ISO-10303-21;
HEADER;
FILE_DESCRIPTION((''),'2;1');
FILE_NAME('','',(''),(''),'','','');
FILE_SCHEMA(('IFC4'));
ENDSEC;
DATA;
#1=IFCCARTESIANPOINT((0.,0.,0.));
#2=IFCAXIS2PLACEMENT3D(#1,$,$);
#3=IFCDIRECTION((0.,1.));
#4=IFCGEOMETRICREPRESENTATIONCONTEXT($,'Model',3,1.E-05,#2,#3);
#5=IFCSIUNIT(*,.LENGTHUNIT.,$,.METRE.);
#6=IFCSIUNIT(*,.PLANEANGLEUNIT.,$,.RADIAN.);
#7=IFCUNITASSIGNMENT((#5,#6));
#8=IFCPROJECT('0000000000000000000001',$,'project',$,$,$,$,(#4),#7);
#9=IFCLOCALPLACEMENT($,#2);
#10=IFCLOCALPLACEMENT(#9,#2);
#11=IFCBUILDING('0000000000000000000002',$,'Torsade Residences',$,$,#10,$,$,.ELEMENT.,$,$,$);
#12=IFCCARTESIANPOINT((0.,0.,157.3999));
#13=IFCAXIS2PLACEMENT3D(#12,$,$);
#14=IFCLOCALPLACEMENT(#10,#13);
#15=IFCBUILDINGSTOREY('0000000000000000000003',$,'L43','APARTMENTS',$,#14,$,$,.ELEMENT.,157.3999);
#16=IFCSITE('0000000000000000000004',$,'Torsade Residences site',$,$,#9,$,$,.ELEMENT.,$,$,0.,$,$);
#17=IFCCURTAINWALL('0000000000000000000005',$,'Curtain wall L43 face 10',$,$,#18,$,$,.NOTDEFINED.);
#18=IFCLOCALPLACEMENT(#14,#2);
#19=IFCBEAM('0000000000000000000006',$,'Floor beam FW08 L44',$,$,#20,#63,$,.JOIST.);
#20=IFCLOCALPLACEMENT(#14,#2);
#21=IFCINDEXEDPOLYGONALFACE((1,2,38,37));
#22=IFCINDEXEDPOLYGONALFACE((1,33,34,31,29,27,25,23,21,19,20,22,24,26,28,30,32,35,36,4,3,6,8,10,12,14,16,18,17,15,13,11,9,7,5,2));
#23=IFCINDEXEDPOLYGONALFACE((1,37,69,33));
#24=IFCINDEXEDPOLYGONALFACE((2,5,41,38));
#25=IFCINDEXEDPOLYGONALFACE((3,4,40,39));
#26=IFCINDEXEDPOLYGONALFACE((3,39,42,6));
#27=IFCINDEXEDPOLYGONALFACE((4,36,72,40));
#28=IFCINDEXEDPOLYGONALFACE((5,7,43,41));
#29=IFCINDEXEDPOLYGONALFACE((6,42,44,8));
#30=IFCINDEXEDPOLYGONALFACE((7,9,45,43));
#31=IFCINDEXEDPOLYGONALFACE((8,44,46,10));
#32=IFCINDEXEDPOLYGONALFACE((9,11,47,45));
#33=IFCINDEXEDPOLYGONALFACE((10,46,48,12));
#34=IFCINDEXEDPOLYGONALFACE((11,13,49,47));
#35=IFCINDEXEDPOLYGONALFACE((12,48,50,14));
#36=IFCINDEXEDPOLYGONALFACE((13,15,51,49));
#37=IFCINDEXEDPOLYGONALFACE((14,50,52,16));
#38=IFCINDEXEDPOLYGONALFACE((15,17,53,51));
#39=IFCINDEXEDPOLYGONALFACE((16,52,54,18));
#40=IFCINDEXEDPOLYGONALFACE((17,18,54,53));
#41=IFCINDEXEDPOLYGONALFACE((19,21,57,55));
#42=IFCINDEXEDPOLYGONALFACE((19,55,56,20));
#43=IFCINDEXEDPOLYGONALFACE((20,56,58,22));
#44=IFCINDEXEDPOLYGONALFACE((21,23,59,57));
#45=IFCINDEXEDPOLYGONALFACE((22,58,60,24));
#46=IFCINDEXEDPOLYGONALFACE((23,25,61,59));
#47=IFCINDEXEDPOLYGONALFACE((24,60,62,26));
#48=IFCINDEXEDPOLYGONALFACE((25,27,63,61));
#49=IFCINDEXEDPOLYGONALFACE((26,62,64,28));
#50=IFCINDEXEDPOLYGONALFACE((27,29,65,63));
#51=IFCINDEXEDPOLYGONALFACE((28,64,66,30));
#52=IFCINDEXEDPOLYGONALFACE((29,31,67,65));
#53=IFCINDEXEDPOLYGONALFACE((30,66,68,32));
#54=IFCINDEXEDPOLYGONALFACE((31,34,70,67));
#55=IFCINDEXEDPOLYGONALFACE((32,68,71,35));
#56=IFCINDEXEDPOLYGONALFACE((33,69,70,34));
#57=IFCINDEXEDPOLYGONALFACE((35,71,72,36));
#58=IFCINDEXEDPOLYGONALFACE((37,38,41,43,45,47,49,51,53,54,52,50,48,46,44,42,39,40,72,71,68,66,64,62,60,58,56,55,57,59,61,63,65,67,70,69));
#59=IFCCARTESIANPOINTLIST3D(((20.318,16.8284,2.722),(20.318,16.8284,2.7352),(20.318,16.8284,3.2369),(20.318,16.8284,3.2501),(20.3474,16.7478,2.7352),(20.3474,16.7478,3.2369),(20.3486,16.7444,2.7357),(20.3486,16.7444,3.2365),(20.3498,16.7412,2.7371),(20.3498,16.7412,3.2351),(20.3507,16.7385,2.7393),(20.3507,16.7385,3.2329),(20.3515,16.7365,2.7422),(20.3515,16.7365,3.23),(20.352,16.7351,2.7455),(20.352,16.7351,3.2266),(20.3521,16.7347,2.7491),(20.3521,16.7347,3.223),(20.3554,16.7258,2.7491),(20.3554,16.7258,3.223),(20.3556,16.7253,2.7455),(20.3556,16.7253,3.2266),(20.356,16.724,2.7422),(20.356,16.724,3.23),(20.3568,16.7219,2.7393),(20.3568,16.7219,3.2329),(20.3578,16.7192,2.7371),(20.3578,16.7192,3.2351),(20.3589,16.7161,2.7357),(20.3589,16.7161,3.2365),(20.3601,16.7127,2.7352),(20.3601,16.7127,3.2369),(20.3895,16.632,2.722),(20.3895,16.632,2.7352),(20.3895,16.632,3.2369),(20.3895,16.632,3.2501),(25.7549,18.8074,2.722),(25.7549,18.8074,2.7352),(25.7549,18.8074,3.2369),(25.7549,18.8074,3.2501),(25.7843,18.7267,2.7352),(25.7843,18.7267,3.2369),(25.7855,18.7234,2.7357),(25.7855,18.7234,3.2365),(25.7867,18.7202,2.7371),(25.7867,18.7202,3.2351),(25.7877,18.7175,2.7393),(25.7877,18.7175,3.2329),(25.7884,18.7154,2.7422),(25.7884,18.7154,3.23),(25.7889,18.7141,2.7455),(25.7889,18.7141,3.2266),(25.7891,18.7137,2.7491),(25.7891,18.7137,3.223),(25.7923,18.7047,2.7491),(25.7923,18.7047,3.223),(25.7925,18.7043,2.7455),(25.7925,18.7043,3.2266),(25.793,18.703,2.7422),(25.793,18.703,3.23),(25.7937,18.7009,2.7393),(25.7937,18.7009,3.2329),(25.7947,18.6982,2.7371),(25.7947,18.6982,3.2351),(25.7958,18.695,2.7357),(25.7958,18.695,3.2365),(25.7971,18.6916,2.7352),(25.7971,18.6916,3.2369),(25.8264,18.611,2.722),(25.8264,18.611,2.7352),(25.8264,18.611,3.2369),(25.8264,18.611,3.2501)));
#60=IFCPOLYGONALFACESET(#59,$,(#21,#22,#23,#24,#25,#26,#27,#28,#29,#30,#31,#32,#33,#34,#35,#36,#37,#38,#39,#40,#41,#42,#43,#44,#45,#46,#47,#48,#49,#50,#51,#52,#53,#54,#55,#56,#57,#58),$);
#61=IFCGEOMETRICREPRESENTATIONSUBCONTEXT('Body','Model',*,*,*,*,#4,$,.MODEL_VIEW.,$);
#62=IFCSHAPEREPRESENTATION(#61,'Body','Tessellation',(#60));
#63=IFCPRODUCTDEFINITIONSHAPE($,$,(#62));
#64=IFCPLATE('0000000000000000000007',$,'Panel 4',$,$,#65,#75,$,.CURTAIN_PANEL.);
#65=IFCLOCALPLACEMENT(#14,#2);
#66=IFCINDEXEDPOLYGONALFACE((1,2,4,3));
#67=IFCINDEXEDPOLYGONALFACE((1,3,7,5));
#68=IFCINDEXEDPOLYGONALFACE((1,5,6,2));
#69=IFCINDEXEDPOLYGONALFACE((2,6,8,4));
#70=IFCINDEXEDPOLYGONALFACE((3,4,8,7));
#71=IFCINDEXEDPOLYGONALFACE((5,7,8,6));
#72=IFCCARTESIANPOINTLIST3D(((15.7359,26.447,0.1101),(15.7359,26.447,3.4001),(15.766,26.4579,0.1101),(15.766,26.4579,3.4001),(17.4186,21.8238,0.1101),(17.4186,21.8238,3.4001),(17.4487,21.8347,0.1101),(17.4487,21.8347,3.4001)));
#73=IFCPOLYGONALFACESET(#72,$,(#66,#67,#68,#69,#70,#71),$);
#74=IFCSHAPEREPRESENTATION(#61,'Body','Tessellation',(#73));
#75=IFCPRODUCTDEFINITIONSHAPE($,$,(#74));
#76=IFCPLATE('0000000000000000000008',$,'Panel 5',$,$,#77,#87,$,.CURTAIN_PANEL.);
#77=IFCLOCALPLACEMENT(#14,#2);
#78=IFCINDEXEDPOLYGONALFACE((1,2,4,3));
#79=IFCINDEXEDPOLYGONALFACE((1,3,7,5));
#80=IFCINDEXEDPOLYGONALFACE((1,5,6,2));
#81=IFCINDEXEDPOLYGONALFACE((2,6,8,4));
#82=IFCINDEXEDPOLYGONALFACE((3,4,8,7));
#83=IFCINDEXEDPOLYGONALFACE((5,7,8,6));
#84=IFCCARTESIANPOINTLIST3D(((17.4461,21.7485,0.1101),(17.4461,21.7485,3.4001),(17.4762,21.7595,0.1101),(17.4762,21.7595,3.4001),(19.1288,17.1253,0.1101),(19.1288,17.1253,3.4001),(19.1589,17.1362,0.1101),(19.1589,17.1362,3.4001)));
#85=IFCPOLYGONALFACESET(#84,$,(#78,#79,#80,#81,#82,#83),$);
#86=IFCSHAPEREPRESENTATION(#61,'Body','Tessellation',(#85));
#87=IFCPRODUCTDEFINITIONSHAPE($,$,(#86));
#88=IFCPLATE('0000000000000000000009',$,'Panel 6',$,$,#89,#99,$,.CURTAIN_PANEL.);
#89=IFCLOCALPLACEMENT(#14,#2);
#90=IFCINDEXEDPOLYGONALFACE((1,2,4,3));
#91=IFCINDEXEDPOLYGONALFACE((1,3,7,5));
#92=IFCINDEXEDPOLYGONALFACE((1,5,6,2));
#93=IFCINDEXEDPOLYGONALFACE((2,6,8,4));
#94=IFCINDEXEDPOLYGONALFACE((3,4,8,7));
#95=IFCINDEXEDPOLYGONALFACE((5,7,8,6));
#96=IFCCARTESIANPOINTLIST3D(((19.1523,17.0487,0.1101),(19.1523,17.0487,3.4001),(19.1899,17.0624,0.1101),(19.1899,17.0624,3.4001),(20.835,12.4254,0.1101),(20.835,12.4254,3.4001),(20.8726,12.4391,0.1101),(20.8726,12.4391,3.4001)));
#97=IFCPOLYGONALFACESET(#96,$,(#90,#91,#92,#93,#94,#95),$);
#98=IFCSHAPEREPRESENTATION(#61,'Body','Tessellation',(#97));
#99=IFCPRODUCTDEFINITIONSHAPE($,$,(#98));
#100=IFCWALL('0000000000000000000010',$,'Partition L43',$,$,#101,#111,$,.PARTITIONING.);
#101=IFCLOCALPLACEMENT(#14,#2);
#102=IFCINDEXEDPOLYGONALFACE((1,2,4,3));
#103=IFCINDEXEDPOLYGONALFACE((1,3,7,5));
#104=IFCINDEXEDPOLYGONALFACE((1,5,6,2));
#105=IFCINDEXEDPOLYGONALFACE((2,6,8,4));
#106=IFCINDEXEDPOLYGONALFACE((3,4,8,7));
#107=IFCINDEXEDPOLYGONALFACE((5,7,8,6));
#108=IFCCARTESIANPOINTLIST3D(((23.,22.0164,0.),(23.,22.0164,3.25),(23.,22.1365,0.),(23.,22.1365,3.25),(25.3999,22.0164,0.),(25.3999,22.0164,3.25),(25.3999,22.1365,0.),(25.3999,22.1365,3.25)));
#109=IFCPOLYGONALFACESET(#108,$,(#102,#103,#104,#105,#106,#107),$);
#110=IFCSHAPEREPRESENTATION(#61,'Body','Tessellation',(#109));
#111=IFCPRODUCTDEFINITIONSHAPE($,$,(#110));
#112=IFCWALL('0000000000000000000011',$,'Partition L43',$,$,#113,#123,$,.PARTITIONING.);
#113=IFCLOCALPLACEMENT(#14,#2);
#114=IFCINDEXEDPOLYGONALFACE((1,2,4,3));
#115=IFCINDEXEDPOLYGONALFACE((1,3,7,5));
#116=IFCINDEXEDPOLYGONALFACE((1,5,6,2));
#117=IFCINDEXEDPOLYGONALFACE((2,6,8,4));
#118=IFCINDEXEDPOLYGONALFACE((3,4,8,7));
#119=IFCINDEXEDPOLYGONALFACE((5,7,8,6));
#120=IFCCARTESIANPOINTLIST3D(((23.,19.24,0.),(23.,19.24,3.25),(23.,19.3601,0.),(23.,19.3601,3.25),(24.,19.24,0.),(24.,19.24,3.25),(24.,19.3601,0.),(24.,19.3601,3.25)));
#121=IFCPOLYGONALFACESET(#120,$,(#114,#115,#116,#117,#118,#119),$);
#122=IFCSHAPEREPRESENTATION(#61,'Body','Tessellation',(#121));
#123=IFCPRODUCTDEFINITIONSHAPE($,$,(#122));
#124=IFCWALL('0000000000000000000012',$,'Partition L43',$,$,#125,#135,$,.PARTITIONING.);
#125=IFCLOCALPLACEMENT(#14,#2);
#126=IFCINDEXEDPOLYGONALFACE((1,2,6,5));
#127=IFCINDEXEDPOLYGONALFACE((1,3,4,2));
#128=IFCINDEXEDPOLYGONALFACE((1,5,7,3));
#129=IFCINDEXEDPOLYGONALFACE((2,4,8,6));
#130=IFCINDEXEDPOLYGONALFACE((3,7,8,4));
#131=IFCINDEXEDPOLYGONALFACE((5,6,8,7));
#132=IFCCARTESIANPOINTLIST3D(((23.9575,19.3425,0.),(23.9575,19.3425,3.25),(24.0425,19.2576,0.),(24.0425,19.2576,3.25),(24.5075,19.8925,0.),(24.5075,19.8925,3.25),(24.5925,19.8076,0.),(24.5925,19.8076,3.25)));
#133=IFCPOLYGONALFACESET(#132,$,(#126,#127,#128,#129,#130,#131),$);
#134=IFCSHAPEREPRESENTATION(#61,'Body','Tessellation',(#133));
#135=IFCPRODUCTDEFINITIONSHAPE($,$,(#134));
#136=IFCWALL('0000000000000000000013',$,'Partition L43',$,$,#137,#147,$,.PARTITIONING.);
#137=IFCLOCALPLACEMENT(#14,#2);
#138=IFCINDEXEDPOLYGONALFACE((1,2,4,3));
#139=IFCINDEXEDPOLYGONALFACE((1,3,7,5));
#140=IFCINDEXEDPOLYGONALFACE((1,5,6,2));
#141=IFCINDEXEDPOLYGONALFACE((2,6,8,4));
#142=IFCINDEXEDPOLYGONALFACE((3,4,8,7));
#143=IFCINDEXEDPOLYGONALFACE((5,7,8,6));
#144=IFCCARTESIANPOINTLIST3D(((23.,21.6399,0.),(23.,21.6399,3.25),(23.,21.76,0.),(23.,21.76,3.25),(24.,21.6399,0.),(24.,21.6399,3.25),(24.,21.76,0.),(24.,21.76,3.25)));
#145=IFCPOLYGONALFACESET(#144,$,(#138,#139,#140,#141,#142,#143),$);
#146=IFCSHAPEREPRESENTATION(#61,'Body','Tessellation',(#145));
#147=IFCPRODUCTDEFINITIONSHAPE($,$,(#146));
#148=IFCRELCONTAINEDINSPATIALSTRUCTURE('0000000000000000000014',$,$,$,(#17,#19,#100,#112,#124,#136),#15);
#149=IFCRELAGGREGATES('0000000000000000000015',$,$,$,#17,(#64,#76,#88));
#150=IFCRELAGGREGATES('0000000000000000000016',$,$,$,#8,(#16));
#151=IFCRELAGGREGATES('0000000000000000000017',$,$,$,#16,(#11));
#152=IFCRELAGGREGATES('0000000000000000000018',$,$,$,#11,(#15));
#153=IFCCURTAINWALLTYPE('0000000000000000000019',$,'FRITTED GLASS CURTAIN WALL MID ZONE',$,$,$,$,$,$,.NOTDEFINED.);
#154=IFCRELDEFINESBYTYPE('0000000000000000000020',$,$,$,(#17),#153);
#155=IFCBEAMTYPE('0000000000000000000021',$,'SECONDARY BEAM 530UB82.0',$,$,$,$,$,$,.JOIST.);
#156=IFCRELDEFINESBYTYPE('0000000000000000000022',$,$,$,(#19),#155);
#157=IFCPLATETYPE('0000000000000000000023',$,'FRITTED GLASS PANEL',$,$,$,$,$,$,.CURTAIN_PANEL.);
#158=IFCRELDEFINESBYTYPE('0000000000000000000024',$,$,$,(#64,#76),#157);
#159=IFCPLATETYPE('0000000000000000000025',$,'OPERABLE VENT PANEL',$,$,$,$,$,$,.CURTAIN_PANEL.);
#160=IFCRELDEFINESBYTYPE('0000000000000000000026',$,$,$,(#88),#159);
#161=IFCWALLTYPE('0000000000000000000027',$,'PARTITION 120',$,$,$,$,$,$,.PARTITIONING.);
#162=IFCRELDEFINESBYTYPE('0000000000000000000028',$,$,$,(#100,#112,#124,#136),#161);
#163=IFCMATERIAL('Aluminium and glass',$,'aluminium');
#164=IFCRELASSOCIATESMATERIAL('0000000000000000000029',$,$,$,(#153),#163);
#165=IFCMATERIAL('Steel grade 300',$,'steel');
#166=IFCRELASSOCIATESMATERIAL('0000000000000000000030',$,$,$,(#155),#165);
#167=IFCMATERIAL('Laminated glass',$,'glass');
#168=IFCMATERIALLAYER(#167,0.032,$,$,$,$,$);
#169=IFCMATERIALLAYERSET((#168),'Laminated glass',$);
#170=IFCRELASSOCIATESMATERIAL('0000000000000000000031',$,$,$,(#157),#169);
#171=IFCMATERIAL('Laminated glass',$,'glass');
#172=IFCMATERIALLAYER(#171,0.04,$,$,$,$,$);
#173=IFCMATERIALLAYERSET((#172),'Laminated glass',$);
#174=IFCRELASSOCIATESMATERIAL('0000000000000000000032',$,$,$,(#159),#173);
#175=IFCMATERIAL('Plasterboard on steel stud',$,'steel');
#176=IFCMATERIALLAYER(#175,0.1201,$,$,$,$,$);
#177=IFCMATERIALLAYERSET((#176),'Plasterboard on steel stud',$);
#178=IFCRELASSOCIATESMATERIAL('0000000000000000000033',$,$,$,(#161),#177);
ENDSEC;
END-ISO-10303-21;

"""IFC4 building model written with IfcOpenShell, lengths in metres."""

from ifc_helpers import new_model, si_unit, direction, frame, frame_2d, origin, origin_2d, place, context, subcontext, project, spatial, rectangle, i_section, extrude, material, layer, layer_set, material_profile, profile_set, type_object, element, aggregate, save


model = new_model("IFC4")

# Units and contexts
model_context = context("Model", 3, precision=1e-05, world=origin(), true_north=direction((0.0, 1.0)))
body_context = subcontext(model_context, "Body", "Model", "MODEL_VIEW")
ifc_project = project(units=[si_unit("LENGTHUNIT", "METRE"), si_unit("PLANEANGLEUNIT", "RADIAN")], contexts=[model_context])

# Site, building, storey
site_placement = place(None, origin())
site = spatial("IfcSite", under=ifc_project, at=site_placement, Name="Torsade Residences site", CompositionType="ELEMENT", RefElevation=0.0)
building_placement = place(site_placement, origin())
building = spatial("IfcBuilding", under=site, at=building_placement, Name="Torsade Residences", CompositionType="ELEMENT")
storey_placement = place(building_placement, frame((0.0, 0.0, 157.3999)))
storey = spatial("IfcBuildingStorey", under=building, at=storey_placement, Name="L43", Description="APARTMENTS", CompositionType="ELEMENT", Elevation=157.3999)

# Curtain wall
ifc_material_1 = material(Name="Aluminium and glass", Category="aluminium")
curtain_wall_type = type_object("IfcCurtainWallType", Name="FRITTED GLASS CURTAIN WALL MID ZONE", PredefinedType="NOTDEFINED", material=ifc_material_1)
curtain_wall_placement = place(storey_placement, origin())
curtain_wall = element("IfcCurtainWall", 1, at=curtain_wall_placement, inside=storey, type_object=curtain_wall_type, Name="Curtain wall L43 face 10", PredefinedType="NOTDEFINED")

# Beam
ifc_material_2 = material(Name="Steel grade 300", Category="steel")
ifc_material_profile_1 = material_profile(ifc_material_2, i_section(OverallWidth=0.209, OverallDepth=0.5281, WebThickness=0.0095, FlangeThickness=0.0132, FilletRadius=0.0139, at=origin_2d()), Name="530UB82.0")
ifc_profile_set_1 = profile_set([ifc_material_profile_1], Name="Steel grade 300")
beam_type_1 = type_object("IfcBeamType", Name="SECONDARY BEAM 530UB82.0", PredefinedType="JOIST", material=ifc_profile_set_1)
beam_1_placement = place(storey_placement, frame((20.3538, 16.7302, 2.9861), z_axis=(0.939687, 0.342034, 0.0), x_axis=(-0.342034, 0.939687, 0.0)))
element("IfcBeam", 2, at=beam_1_placement, inside=storey, type_object=beam_type_1, Name="Floor beam FW08 L44", PredefinedType="JOIST", context=body_context, shape_type="SweptSolid", body=[
    extrude(i_section(OverallWidth=0.209, OverallDepth=0.5281, WebThickness=0.0095, FlangeThickness=0.0132, FilletRadius=0.0139, at=origin_2d()), origin(), (0.0, 0.0, 1.0), 5.7859),
])

# Plates
ifc_material_3 = material(Name="Laminated glass", Category="glass")
ifc_layer_1 = layer(ifc_material_3, 0.032)
ifc_layer_set_1 = layer_set([ifc_layer_1], Name="Laminated glass")
plate_type_1 = type_object("IfcPlateType", Name="FRITTED GLASS PANEL", PredefinedType="CURTAIN_PANEL", material=ifc_layer_set_1)
plate_1_placement = place(storey_placement, frame((16.5923, 24.1409, 0.1101), z_axis=(0.0, 0.0, 1.0), x_axis=(0.34202, -0.939693, 0.0)))
plate_1 = element("IfcPlate", 3, at=plate_1_placement, type_object=plate_type_1, Name="Panel 4", PredefinedType="CURTAIN_PANEL", context=body_context, shape_type="SweptSolid", body=[
    extrude(rectangle(XDim=4.9199, YDim=0.032, at=origin_2d()), origin(), (0.0, 0.0, 1.0), 3.29),
])
plate_2_placement = place(storey_placement, frame((18.3025, 19.4424, 0.1101), z_axis=(0.0, 0.0, 1.0), x_axis=(0.34202, -0.939693, 0.0)))
plate_2 = element("IfcPlate", 4, at=plate_2_placement, type_object=plate_type_1, Name="Panel 5", PredefinedType="CURTAIN_PANEL", context=body_context, shape_type="SweptSolid", body=[
    extrude(rectangle(XDim=4.9199, YDim=0.032, at=origin_2d()), origin(), (0.0, 0.0, 1.0), 3.29),
])
ifc_material_4 = material(Name="Laminated glass", Category="glass")
ifc_layer_2 = layer(ifc_material_4, 0.04)
ifc_layer_set_2 = layer_set([ifc_layer_2], Name="Laminated glass")
plate_type_2 = type_object("IfcPlateType", Name="OPERABLE VENT PANEL", PredefinedType="CURTAIN_PANEL", material=ifc_layer_set_2)
plate_3_placement = place(storey_placement, frame((20.0125, 14.7439, 0.1101), z_axis=(0.0, 0.0, 1.0), x_axis=(0.34202, -0.939693, 0.0)))
plate_3 = element("IfcPlate", 5, at=plate_3_placement, type_object=plate_type_2, Name="Panel 6", PredefinedType="CURTAIN_PANEL", context=body_context, shape_type="SweptSolid", body=[
    extrude(rectangle(XDim=4.9199, YDim=0.04, at=origin_2d()), origin(), (0.0, 0.0, 1.0), 3.29),
])
aggregate(curtain_wall, [plate_1, plate_2, plate_3])

# Walls
ifc_material_5 = material(Name="Plasterboard on steel stud", Category="steel")
ifc_layer_3 = layer(ifc_material_5, 0.1201)
ifc_layer_set_3 = layer_set([ifc_layer_3], Name="Plasterboard on steel stud")
wall_type = type_object("IfcWallType", Name="PARTITION 120", PredefinedType="PARTITIONING", material=ifc_layer_set_3)
wall_1_placement = place(storey_placement, frame((23.0, 22.0764, 0.0), z_axis=(0.0, 0.0, 1.0), x_axis=(1.0, 0.0, 0.0)))
element("IfcWall", 6, at=wall_1_placement, inside=storey, type_object=wall_type, Name="Partition L43", PredefinedType="PARTITIONING", context=body_context, shape_type="SweptSolid", body=[
    extrude(rectangle(XDim=2.3999, YDim=0.1201, at=frame_2d((1.2, 0.0))), origin(), (0.0, 0.0, 1.0), 3.25),
])
wall_2_placement = place(storey_placement, frame((23.0, 19.3, 0.0), z_axis=(0.0, 0.0, 1.0), x_axis=(1.0, 0.0, 0.0)))
element("IfcWall", 7, at=wall_2_placement, inside=storey, type_object=wall_type, Name="Partition L43", PredefinedType="PARTITIONING", context=body_context, shape_type="SweptSolid", body=[
    extrude(rectangle(XDim=1.0, YDim=0.1201, at=frame_2d((0.5, 0.0))), origin(), (0.0, 0.0, 1.0), 3.25),
])
wall_3_placement = place(storey_placement, frame((24.0, 19.3, 0.0), z_axis=(0.0, 0.0, 1.0), x_axis=(0.707107, 0.707107, 0.0)))
element("IfcWall", 8, at=wall_3_placement, inside=storey, type_object=wall_type, Name="Partition L43", PredefinedType="PARTITIONING", context=body_context, shape_type="SweptSolid", body=[
    extrude(rectangle(XDim=0.7778, YDim=0.1201, at=frame_2d((0.3889, 0.0))), origin(), (0.0, 0.0, 1.0), 3.25),
])
wall_4_placement = place(storey_placement, frame((24.0, 21.7, 0.0), z_axis=(0.0, 0.0, 1.0), x_axis=(-1.0, 0.0, 0.0)))
element("IfcWall", 9, at=wall_4_placement, inside=storey, type_object=wall_type, Name="Partition L43", PredefinedType="PARTITIONING", context=body_context, shape_type="SweptSolid", body=[
    extrude(rectangle(XDim=1.0, YDim=0.1201, at=frame_2d((0.5, 0.0))), origin(), (0.0, 0.0, 1.0), 3.25),
])

save(model, "model.ifc")
